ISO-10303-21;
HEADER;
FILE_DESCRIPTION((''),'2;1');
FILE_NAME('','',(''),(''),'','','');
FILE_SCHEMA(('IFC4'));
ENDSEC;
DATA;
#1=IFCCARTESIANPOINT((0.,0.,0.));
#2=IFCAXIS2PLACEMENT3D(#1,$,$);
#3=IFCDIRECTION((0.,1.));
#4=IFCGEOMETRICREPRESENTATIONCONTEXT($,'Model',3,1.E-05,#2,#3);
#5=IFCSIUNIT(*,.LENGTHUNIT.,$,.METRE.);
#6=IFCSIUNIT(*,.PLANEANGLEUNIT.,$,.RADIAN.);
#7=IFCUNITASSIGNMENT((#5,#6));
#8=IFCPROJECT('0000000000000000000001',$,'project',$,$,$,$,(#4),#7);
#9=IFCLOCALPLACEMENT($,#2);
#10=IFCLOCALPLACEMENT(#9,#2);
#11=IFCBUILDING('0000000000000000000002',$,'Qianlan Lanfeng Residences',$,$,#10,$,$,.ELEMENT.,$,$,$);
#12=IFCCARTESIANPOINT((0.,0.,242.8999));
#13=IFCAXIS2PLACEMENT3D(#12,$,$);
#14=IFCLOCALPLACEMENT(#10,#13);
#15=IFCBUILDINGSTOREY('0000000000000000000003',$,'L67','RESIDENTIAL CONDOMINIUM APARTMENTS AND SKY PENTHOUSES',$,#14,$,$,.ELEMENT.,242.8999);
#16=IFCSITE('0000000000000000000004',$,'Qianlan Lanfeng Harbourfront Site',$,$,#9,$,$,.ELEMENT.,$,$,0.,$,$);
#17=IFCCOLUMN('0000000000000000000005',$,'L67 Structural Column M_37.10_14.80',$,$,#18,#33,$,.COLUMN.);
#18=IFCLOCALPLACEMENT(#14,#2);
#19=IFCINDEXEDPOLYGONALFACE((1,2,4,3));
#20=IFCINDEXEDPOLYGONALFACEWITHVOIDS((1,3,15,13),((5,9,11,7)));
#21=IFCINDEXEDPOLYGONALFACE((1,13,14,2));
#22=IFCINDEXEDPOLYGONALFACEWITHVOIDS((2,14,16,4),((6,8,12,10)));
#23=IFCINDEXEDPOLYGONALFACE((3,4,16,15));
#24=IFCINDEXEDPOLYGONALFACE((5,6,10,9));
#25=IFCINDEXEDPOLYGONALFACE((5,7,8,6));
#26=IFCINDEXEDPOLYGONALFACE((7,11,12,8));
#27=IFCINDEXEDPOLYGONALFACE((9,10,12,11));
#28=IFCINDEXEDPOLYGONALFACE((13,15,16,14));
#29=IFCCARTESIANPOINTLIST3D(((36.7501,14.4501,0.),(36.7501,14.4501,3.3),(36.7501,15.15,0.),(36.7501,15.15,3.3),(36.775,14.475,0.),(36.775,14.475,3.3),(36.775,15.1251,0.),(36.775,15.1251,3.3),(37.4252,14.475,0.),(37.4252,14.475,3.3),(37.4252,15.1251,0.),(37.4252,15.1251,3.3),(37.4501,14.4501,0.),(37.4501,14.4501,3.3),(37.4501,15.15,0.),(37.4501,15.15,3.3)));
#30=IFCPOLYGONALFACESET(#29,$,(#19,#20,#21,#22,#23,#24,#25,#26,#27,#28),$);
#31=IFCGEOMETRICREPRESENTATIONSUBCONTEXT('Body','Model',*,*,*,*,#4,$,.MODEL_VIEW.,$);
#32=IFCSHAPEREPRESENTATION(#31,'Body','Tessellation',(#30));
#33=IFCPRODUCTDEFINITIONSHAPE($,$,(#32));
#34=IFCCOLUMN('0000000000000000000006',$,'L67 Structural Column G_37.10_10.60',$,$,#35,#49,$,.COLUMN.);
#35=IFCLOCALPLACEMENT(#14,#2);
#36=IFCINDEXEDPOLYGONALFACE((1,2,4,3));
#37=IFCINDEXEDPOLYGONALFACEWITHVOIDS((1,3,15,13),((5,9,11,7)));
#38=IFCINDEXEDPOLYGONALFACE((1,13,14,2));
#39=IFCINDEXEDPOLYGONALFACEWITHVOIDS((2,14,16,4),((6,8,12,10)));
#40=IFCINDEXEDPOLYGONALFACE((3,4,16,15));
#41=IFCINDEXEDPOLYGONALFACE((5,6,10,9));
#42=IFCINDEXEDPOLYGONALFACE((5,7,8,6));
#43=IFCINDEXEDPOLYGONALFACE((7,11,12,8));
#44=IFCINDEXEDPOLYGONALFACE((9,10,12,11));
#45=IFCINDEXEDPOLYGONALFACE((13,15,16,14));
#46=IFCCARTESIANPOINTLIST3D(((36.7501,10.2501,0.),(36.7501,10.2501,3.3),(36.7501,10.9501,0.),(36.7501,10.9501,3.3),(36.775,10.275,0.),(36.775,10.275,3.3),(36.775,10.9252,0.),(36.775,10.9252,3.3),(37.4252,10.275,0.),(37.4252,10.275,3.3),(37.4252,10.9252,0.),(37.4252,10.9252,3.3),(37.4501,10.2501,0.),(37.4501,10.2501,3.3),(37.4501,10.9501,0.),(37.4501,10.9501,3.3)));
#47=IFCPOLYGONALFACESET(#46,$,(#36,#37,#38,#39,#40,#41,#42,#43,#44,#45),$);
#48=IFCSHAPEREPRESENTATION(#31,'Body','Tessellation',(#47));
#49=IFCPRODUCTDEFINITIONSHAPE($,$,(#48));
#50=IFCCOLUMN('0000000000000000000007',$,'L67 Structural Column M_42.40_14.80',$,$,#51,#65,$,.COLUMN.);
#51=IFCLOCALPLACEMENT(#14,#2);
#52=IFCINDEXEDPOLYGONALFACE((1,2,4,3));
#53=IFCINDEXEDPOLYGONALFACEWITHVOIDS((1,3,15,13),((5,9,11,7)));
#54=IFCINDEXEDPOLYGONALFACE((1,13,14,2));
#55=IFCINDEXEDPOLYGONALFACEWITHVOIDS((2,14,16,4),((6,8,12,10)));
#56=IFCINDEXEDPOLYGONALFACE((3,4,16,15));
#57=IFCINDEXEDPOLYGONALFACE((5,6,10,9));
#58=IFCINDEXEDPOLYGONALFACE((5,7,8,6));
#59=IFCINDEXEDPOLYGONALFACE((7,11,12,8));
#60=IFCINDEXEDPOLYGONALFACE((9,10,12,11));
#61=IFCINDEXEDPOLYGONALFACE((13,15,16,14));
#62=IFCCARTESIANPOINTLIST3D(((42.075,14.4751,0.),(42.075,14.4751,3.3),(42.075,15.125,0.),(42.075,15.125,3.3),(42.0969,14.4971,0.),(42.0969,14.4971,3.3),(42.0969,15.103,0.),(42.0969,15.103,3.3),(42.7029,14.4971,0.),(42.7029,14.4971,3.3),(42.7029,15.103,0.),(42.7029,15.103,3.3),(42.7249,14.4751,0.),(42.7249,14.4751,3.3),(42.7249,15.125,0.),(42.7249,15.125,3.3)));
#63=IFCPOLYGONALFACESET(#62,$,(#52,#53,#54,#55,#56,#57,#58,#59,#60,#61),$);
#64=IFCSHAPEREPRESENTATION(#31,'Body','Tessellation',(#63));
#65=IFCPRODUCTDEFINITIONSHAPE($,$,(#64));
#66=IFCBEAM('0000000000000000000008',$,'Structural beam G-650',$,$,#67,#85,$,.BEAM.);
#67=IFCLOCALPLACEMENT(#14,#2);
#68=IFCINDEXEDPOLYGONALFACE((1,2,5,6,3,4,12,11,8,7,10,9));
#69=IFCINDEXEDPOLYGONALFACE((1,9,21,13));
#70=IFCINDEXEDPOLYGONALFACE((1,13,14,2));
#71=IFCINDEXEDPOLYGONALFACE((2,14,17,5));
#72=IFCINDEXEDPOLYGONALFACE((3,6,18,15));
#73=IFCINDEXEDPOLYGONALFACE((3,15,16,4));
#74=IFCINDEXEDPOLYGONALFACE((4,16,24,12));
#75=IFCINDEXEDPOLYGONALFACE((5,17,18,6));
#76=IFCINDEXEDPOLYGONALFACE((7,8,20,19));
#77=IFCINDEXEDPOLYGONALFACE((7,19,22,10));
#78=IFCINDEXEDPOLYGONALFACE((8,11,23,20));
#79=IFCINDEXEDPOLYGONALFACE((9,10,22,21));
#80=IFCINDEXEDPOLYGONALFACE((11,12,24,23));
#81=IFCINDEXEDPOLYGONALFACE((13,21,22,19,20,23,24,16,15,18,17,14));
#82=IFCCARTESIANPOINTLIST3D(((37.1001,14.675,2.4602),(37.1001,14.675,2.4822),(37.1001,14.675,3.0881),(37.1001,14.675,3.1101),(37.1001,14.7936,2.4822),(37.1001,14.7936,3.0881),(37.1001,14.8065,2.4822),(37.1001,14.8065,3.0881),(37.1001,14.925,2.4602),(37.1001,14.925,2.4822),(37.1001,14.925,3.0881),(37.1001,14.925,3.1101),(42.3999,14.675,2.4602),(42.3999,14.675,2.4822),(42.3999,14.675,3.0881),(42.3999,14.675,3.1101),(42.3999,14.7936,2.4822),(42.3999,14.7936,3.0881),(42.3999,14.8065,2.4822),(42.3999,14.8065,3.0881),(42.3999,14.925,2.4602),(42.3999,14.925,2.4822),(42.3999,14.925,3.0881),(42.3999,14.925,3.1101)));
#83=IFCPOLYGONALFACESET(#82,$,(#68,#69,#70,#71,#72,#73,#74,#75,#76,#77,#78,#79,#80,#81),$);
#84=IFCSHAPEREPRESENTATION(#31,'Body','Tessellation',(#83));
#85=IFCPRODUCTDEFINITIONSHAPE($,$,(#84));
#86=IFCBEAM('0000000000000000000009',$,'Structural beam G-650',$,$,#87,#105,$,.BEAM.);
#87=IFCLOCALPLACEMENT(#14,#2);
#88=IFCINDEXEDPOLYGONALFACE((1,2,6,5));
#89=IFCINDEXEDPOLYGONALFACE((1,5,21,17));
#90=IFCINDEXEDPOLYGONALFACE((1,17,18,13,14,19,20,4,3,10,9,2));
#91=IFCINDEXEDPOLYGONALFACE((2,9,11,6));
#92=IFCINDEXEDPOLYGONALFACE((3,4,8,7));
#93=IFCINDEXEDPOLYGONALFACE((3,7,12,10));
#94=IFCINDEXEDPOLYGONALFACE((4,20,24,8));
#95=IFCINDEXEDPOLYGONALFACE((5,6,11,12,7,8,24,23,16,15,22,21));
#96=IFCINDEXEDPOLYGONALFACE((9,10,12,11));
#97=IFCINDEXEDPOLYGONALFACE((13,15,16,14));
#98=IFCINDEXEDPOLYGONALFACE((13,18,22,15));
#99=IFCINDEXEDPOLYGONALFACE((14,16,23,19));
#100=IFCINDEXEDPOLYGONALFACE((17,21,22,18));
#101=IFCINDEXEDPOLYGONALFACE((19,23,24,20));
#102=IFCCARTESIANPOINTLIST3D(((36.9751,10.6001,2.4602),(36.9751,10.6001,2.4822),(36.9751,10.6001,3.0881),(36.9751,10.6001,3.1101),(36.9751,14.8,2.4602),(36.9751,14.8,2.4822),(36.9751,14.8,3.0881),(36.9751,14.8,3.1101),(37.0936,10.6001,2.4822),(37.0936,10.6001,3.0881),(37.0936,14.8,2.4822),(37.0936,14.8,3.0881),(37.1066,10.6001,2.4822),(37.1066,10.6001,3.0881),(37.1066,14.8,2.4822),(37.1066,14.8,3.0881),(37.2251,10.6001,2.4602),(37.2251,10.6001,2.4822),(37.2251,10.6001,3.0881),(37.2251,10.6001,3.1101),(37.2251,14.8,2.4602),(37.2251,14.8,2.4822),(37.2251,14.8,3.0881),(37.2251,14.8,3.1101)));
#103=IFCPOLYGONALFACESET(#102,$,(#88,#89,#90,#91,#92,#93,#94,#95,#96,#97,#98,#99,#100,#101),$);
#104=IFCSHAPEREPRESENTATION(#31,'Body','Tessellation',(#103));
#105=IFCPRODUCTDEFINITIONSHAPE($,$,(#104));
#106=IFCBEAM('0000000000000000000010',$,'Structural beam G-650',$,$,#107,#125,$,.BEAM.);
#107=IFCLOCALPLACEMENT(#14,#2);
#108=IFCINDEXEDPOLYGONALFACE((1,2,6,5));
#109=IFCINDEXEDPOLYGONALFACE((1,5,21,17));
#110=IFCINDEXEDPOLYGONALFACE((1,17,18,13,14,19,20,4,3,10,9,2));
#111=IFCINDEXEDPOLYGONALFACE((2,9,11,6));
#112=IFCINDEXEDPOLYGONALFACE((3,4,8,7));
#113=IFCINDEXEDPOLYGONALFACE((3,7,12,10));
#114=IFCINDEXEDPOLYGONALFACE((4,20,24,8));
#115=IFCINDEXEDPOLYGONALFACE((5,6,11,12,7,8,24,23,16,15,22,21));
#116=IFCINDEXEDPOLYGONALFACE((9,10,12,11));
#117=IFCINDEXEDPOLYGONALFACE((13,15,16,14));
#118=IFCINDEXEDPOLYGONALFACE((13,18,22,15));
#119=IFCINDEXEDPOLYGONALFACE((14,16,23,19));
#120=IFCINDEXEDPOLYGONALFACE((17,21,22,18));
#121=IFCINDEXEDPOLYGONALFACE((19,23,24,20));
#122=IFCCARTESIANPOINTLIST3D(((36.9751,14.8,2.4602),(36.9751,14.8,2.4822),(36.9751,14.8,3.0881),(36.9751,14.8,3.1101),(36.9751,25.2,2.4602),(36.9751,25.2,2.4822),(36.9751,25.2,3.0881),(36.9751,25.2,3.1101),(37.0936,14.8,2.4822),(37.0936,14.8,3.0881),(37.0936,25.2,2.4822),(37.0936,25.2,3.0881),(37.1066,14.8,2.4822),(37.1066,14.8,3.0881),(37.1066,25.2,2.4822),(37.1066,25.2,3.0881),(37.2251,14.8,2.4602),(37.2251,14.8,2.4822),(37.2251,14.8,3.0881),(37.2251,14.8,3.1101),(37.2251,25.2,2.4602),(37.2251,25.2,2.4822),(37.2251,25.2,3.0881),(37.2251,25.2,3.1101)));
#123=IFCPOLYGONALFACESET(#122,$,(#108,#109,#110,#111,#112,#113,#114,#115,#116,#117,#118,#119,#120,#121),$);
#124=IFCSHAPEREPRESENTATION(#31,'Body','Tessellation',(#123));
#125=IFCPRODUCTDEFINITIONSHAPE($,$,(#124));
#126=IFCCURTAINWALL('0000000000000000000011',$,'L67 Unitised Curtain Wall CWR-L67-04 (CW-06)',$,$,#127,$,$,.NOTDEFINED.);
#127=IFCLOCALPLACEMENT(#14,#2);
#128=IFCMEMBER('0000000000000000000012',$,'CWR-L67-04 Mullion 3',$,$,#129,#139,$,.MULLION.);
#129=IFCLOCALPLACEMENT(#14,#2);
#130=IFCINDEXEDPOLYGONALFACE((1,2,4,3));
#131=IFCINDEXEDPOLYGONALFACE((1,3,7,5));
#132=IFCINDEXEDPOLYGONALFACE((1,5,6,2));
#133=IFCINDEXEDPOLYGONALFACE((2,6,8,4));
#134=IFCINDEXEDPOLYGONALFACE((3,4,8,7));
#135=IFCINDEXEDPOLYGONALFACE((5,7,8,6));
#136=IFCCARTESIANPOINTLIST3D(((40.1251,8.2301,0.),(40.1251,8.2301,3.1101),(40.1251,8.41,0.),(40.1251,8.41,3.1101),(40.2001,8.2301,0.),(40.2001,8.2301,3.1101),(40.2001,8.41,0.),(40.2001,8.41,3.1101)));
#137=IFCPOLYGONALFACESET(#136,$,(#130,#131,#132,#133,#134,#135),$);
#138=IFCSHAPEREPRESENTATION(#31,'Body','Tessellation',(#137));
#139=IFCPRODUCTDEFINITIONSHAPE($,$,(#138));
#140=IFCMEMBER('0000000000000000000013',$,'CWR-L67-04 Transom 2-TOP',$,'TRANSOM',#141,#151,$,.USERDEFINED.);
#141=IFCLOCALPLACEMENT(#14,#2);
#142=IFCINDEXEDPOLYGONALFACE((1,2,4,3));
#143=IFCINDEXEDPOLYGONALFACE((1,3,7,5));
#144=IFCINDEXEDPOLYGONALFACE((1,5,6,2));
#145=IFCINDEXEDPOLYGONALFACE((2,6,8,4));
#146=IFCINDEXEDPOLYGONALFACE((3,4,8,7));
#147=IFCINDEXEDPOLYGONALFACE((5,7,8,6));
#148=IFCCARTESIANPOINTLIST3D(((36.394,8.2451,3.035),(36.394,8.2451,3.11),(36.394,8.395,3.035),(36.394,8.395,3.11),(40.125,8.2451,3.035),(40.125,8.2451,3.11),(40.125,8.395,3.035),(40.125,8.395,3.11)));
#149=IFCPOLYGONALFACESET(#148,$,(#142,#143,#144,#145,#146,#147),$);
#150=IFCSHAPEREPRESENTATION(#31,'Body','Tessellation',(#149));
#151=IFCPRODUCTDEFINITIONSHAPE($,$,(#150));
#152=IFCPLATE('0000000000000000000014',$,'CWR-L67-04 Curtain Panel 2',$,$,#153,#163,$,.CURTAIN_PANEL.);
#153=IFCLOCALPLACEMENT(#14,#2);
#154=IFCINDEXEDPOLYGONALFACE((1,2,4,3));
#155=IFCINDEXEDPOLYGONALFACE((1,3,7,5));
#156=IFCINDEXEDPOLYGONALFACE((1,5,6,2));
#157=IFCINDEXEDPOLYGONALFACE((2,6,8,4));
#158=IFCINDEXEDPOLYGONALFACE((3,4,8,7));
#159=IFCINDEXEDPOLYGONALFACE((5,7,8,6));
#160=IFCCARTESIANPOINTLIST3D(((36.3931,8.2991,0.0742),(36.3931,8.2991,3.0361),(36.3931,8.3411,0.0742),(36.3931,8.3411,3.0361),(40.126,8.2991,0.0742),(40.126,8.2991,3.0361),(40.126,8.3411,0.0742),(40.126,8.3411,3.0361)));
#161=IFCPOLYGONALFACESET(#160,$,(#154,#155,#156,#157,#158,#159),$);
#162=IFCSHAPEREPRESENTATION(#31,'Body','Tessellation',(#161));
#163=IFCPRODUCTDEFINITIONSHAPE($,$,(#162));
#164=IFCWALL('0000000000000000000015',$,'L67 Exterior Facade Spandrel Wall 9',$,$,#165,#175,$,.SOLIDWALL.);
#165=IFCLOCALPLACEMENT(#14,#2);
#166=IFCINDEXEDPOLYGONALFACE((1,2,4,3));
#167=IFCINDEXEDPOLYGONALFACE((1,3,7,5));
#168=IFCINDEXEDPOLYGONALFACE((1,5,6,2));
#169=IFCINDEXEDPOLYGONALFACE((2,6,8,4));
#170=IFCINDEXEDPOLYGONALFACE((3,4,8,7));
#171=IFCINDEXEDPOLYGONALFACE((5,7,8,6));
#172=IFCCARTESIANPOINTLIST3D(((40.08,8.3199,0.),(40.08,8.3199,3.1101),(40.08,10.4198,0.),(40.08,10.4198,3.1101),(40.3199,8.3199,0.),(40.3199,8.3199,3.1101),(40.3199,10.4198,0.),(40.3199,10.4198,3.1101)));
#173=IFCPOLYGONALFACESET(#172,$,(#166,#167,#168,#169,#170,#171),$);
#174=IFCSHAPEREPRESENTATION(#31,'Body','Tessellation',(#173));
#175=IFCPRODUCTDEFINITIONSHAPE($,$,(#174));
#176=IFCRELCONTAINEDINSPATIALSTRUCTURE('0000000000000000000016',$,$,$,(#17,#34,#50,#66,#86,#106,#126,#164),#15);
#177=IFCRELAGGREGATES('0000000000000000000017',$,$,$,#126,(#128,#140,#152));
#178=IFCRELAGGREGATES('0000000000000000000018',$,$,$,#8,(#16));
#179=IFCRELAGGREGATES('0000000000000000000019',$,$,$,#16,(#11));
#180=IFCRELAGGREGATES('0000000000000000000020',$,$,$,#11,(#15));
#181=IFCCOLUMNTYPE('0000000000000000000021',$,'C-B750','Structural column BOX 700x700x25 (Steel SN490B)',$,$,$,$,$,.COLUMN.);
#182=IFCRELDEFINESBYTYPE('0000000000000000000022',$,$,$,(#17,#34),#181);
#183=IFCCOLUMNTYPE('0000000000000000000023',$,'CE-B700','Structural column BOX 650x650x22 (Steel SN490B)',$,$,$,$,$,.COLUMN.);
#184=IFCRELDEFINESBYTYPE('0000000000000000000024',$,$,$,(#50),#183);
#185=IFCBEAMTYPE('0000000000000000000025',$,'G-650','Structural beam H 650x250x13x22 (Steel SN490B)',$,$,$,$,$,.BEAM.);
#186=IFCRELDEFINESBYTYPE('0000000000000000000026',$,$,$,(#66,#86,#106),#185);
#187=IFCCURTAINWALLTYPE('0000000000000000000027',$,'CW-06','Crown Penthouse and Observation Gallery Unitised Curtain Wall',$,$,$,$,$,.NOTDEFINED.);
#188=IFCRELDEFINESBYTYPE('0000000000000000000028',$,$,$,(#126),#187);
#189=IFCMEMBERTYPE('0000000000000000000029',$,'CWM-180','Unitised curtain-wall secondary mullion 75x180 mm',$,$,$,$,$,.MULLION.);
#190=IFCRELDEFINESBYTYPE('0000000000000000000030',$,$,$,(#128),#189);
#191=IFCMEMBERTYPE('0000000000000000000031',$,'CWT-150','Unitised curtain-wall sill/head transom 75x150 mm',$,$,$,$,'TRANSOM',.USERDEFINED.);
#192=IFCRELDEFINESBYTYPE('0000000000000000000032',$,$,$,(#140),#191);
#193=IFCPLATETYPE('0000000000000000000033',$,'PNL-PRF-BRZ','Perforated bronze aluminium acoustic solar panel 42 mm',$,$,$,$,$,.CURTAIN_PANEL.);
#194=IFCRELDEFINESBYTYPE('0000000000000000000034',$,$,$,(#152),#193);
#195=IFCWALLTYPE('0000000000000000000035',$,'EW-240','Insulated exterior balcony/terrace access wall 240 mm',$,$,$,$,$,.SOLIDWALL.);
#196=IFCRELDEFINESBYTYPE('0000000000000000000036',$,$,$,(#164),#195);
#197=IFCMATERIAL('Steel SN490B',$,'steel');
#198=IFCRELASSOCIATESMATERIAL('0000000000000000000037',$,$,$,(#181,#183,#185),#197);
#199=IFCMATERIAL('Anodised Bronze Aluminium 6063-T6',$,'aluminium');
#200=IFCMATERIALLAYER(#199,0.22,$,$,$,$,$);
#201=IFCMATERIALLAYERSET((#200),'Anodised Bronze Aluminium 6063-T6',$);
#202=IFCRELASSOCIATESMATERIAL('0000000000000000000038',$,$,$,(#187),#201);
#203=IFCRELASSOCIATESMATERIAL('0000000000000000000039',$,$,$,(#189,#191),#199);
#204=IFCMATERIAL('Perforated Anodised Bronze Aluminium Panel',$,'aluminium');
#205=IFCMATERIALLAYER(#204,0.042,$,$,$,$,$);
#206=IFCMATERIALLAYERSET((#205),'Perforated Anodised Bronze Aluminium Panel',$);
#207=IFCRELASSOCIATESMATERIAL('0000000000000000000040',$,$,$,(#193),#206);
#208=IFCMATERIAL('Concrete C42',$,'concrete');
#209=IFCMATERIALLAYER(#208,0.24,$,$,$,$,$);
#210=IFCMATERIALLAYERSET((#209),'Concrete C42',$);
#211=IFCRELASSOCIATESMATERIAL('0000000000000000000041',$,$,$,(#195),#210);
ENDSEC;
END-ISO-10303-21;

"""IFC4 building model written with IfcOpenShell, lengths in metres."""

from ifc_helpers import new_model, si_unit, direction, frame, frame_2d, origin, origin_2d, place, context, subcontext, project, spatial, rectangle, hollow_rectangle, i_section, extrude, source, transform, mapped, material, layer, layer_set, material_profile, profile_set, type_object, element, aggregate, save


model = new_model("IFC4")

# Units and contexts
model_context = context("Model", 3, precision=1e-05, world=origin(), true_north=direction((0.0, 1.0)))
body_context = subcontext(model_context, "Body", "Model", "MODEL_VIEW")
ifc_project = project(units=[si_unit("LENGTHUNIT", "METRE"), si_unit("PLANEANGLEUNIT", "RADIAN")], contexts=[model_context])

# Site, building, storey
site_placement = place(None, origin())
site = spatial("IfcSite", under=ifc_project, at=site_placement, Name="Qianlan Lanfeng Harbourfront Site", CompositionType="ELEMENT", RefElevation=0.0)
building_placement = place(site_placement, origin())
building = spatial("IfcBuilding", under=site, at=building_placement, Name="Qianlan Lanfeng Residences", CompositionType="ELEMENT")
storey_placement = place(building_placement, frame((0.0, 0.0, 242.8999)))
storey = spatial("IfcBuildingStorey", under=building, at=storey_placement, Name="L67", Description="RESIDENTIAL CONDOMINIUM APARTMENTS AND SKY PENTHOUSES", CompositionType="ELEMENT", Elevation=242.8999)

# Columns
ifc_material_1 = material(Name="Steel SN490B", Category="steel")
ifc_material_profile_1 = material_profile(ifc_material_1, hollow_rectangle(XDim=0.7, YDim=0.7, WallThickness=0.0249, at=origin_2d()), Name="BOX 700x700x25")
ifc_profile_set_1 = profile_set([ifc_material_profile_1], Name="Steel SN490B")
column_type_1 = type_object("IfcColumnType", Name="C-B750", Description="Structural column BOX 700x700x25 (Steel SN490B)", PredefinedType="COLUMN", material=ifc_profile_set_1)
for number, where, z_axis, x_axis, name in (
    (1, (37.1001, 14.8, 0.0), (0.0, 0.0, 1.0), (1.0, 0.0, 0.0), "L67 Structural Column M_37.10_14.80"),
    (2, (37.1001, 10.6001, 0.0), (0.0, 0.0, 1.0), (1.0, 0.0, 0.0), "L67 Structural Column G_37.10_10.60"),
):
    element("IfcColumn", number, at=place(storey_placement, frame(where, z_axis=z_axis, x_axis=x_axis)), inside=storey, type_object=column_type_1, Name=name, PredefinedType="COLUMN", context=body_context, shape_type="SweptSolid", body=[
        extrude(hollow_rectangle(XDim=0.7, YDim=0.7, WallThickness=0.0249, at=origin_2d()), origin(), (0.0, 0.0, 1.0), 3.3),
    ])
ifc_material_profile_2 = material_profile(ifc_material_1, hollow_rectangle(XDim=0.6499, YDim=0.6499, WallThickness=0.022, at=origin_2d()), Name="BOX 650x650x22")
ifc_profile_set_2 = profile_set([ifc_material_profile_2], Name="Steel SN490B")
column_type_2 = type_object("IfcColumnType", Name="CE-B700", Description="Structural column BOX 650x650x22 (Steel SN490B)", PredefinedType="COLUMN", material=ifc_profile_set_2)
column_placement = place(storey_placement, frame((42.3999, 14.8, 0.0), z_axis=(0.0, 0.0, 1.0), x_axis=(1.0, 0.0, 0.0)))
element("IfcColumn", 3, at=column_placement, inside=storey, type_object=column_type_2, Name="L67 Structural Column M_42.40_14.80", PredefinedType="COLUMN", context=body_context, shape_type="SweptSolid", body=[
    extrude(hollow_rectangle(XDim=0.6499, YDim=0.6499, WallThickness=0.022, at=origin_2d()), origin(), (0.0, 0.0, 1.0), 3.3),
])

# Beams
ifc_material_profile_3 = material_profile(ifc_material_1, i_section(OverallWidth=0.25, OverallDepth=0.6499, WebThickness=0.0129, FlangeThickness=0.022, at=origin_2d()), Name="H 650x250x13x22")
ifc_profile_set_3 = profile_set([ifc_material_profile_3], Name="Steel SN490B")
beam_type = type_object("IfcBeamType", Name="G-650", Description="Structural beam H 650x250x13x22 (Steel SN490B)", PredefinedType="BEAM", material=ifc_profile_set_3)
beam_1_placement = place(storey_placement, frame((37.1001, 14.8, 2.7852), z_axis=(1.0, 0.0, 0.0), x_axis=(0.0, 1.0, 0.0)))
element("IfcBeam", 4, at=beam_1_placement, inside=storey, type_object=beam_type, Name="Structural beam G-650", PredefinedType="BEAM", context=body_context, shape_type="SweptSolid", body=[
    extrude(i_section(OverallWidth=0.25, OverallDepth=0.6499, WebThickness=0.0129, FlangeThickness=0.022, at=origin_2d()), origin(), (0.0, 0.0, 1.0), 5.2998),
])
beam_2_placement = place(storey_placement, frame((37.1001, 10.6001, 2.7852), z_axis=(0.0, 1.0, 0.0), x_axis=(-1.0, 0.0, 0.0)))
element("IfcBeam", 5, at=beam_2_placement, inside=storey, type_object=beam_type, Name="Structural beam G-650", PredefinedType="BEAM", context=body_context, shape_type="SweptSolid", body=[
    extrude(i_section(OverallWidth=0.25, OverallDepth=0.6499, WebThickness=0.0129, FlangeThickness=0.022, at=origin_2d()), origin(), (0.0, 0.0, 1.0), 4.2),
])
beam_3_placement = place(storey_placement, frame((37.1001, 14.8, 2.7852), z_axis=(0.0, 1.0, 0.0), x_axis=(-1.0, 0.0, 0.0)))
element("IfcBeam", 6, at=beam_3_placement, inside=storey, type_object=beam_type, Name="Structural beam G-650", PredefinedType="BEAM", context=body_context, shape_type="SweptSolid", body=[
    extrude(i_section(OverallWidth=0.25, OverallDepth=0.6499, WebThickness=0.0129, FlangeThickness=0.022, at=origin_2d()), origin(), (0.0, 0.0, 1.0), 10.3999),
])

# Curtain wall, members, plate
ifc_material_2 = material(Name="Anodised Bronze Aluminium 6063-T6", Category="aluminium")
ifc_layer_1 = layer(ifc_material_2, 0.22)
ifc_layer_set_1 = layer_set([ifc_layer_1], Name="Anodised Bronze Aluminium 6063-T6")
curtain_wall_type = type_object("IfcCurtainWallType", Name="CW-06", Description="Crown Penthouse and Observation Gallery Unitised Curtain Wall", PredefinedType="NOTDEFINED", material=ifc_layer_set_1)
curtain_wall_placement = place(storey_placement, origin())
curtain_wall = element("IfcCurtainWall", 7, at=curtain_wall_placement, inside=storey, type_object=curtain_wall_type, Name="L67 Unitised Curtain Wall CWR-L67-04 (CW-06)", PredefinedType="NOTDEFINED")
ifc_material_profile_4 = material_profile(ifc_material_2, rectangle(XDim=0.075, YDim=0.1799, at=origin_2d()), Name="ALU MULLION 75x180")
ifc_profile_set_4 = profile_set([ifc_material_profile_4], Name="Anodised Bronze Aluminium 6063-T6")
member_type_1 = type_object("IfcMemberType", Name="CWM-180", Description="Unitised curtain-wall secondary mullion 75x180 mm", PredefinedType="MULLION", material=ifc_profile_set_4)
shared_shape_1 = source(origin(), body_context, "Body", "SweptSolid", [
    extrude(rectangle(XDim=0.075, YDim=0.1799, at=origin_2d()), origin(), (0.0, 0.0, 1.0), 3.1101),
])
member_1_placement = place(storey_placement, frame((40.1626, 8.3201, 0.0), z_axis=(0.0, 0.0, 1.0), x_axis=(1.0, 0.0, 0.0)))
member_1 = element("IfcMember", 8, at=member_1_placement, type_object=member_type_1, Name="CWR-L67-04 Mullion 3", PredefinedType="MULLION", context=body_context, shape_type="MappedRepresentation", body=[
    mapped(shared_shape_1, transform((0.0, 0.0, 0.0), scale=1.0)),
])
ifc_material_profile_5 = material_profile(ifc_material_2, rectangle(XDim=0.075, YDim=0.1499, at=origin_2d()), Name="ALU TRANSOM 75x150")
ifc_profile_set_5 = profile_set([ifc_material_profile_5], Name="Anodised Bronze Aluminium 6063-T6")
member_type_2 = type_object("IfcMemberType", Name="CWT-150", Description="Unitised curtain-wall sill/head transom 75x150 mm", ElementType="TRANSOM", PredefinedType="USERDEFINED", material=ifc_profile_set_5)
shared_shape_2 = source(origin(), body_context, "Body", "SweptSolid", [
    extrude(rectangle(XDim=0.075, YDim=0.1499, at=origin_2d()), origin(), (0.0, 0.0, 1.0), 3.731),
])
member_2_placement = place(storey_placement, frame((36.394, 8.3201, 3.0725), z_axis=(1.0, 0.0, 0.0), x_axis=(0.0, 0.0, 1.0)))
member_2 = element("IfcMember", 9, at=member_2_placement, type_object=member_type_2, Name="CWR-L67-04 Transom 2-TOP", ObjectType="TRANSOM", PredefinedType="USERDEFINED", context=body_context, shape_type="MappedRepresentation", body=[
    mapped(shared_shape_2, transform((0.0, 0.0, 0.0), scale=1.0)),
])
ifc_material_3 = material(Name="Perforated Anodised Bronze Aluminium Panel", Category="aluminium")
ifc_layer_2 = layer(ifc_material_3, 0.042)
ifc_layer_set_2 = layer_set([ifc_layer_2], Name="Perforated Anodised Bronze Aluminium Panel")
plate_type = type_object("IfcPlateType", Name="PNL-PRF-BRZ", Description="Perforated bronze aluminium acoustic solar panel 42 mm", PredefinedType="CURTAIN_PANEL", material=ifc_layer_set_2)
shared_shape_3 = source(origin(), body_context, "Body", "SweptSolid", [
    extrude(rectangle(XDim=3.7329, YDim=0.042, at=origin_2d()), origin(), (0.0, 0.0, 1.0), 2.9619),
])
plate_placement = place(storey_placement, frame((38.2595, 8.3201, 0.0742), z_axis=(0.0, 0.0, 1.0), x_axis=(1.0, 0.0, 0.0)))
plate = element("IfcPlate", 10, at=plate_placement, type_object=plate_type, Name="CWR-L67-04 Curtain Panel 2", PredefinedType="CURTAIN_PANEL", context=body_context, shape_type="MappedRepresentation", body=[
    mapped(shared_shape_3, transform((0.0, 0.0, 0.0), scale=1.0)),
])
aggregate(curtain_wall, [member_1, member_2, plate])

# Wall
ifc_material_4 = material(Name="Concrete C42", Category="concrete")
ifc_layer_3 = layer(ifc_material_4, 0.24)
ifc_layer_set_3 = layer_set([ifc_layer_3], Name="Concrete C42")
wall_type_1 = type_object("IfcWallType", Name="EW-240", Description="Insulated exterior balcony/terrace access wall 240 mm", PredefinedType="SOLIDWALL", material=ifc_layer_set_3)
wall_1_placement = place(storey_placement, frame((40.2, 8.3201, 0.0), z_axis=(0.0, 0.0, 1.0), x_axis=(0.0, 1.0, 0.0)))
element("IfcWall", 11, at=wall_1_placement, inside=storey, type_object=wall_type_1, Name="L67 Exterior Facade Spandrel Wall 9", PredefinedType="SOLIDWALL", context=body_context, shape_type="SweptSolid", body=[
    extrude(rectangle(XDim=2.0999, YDim=0.24, at=frame_2d((1.0498, 0.0))), origin(), (0.0, 0.0, 1.0), 3.1101),
])

save(model, "model.ifc")
